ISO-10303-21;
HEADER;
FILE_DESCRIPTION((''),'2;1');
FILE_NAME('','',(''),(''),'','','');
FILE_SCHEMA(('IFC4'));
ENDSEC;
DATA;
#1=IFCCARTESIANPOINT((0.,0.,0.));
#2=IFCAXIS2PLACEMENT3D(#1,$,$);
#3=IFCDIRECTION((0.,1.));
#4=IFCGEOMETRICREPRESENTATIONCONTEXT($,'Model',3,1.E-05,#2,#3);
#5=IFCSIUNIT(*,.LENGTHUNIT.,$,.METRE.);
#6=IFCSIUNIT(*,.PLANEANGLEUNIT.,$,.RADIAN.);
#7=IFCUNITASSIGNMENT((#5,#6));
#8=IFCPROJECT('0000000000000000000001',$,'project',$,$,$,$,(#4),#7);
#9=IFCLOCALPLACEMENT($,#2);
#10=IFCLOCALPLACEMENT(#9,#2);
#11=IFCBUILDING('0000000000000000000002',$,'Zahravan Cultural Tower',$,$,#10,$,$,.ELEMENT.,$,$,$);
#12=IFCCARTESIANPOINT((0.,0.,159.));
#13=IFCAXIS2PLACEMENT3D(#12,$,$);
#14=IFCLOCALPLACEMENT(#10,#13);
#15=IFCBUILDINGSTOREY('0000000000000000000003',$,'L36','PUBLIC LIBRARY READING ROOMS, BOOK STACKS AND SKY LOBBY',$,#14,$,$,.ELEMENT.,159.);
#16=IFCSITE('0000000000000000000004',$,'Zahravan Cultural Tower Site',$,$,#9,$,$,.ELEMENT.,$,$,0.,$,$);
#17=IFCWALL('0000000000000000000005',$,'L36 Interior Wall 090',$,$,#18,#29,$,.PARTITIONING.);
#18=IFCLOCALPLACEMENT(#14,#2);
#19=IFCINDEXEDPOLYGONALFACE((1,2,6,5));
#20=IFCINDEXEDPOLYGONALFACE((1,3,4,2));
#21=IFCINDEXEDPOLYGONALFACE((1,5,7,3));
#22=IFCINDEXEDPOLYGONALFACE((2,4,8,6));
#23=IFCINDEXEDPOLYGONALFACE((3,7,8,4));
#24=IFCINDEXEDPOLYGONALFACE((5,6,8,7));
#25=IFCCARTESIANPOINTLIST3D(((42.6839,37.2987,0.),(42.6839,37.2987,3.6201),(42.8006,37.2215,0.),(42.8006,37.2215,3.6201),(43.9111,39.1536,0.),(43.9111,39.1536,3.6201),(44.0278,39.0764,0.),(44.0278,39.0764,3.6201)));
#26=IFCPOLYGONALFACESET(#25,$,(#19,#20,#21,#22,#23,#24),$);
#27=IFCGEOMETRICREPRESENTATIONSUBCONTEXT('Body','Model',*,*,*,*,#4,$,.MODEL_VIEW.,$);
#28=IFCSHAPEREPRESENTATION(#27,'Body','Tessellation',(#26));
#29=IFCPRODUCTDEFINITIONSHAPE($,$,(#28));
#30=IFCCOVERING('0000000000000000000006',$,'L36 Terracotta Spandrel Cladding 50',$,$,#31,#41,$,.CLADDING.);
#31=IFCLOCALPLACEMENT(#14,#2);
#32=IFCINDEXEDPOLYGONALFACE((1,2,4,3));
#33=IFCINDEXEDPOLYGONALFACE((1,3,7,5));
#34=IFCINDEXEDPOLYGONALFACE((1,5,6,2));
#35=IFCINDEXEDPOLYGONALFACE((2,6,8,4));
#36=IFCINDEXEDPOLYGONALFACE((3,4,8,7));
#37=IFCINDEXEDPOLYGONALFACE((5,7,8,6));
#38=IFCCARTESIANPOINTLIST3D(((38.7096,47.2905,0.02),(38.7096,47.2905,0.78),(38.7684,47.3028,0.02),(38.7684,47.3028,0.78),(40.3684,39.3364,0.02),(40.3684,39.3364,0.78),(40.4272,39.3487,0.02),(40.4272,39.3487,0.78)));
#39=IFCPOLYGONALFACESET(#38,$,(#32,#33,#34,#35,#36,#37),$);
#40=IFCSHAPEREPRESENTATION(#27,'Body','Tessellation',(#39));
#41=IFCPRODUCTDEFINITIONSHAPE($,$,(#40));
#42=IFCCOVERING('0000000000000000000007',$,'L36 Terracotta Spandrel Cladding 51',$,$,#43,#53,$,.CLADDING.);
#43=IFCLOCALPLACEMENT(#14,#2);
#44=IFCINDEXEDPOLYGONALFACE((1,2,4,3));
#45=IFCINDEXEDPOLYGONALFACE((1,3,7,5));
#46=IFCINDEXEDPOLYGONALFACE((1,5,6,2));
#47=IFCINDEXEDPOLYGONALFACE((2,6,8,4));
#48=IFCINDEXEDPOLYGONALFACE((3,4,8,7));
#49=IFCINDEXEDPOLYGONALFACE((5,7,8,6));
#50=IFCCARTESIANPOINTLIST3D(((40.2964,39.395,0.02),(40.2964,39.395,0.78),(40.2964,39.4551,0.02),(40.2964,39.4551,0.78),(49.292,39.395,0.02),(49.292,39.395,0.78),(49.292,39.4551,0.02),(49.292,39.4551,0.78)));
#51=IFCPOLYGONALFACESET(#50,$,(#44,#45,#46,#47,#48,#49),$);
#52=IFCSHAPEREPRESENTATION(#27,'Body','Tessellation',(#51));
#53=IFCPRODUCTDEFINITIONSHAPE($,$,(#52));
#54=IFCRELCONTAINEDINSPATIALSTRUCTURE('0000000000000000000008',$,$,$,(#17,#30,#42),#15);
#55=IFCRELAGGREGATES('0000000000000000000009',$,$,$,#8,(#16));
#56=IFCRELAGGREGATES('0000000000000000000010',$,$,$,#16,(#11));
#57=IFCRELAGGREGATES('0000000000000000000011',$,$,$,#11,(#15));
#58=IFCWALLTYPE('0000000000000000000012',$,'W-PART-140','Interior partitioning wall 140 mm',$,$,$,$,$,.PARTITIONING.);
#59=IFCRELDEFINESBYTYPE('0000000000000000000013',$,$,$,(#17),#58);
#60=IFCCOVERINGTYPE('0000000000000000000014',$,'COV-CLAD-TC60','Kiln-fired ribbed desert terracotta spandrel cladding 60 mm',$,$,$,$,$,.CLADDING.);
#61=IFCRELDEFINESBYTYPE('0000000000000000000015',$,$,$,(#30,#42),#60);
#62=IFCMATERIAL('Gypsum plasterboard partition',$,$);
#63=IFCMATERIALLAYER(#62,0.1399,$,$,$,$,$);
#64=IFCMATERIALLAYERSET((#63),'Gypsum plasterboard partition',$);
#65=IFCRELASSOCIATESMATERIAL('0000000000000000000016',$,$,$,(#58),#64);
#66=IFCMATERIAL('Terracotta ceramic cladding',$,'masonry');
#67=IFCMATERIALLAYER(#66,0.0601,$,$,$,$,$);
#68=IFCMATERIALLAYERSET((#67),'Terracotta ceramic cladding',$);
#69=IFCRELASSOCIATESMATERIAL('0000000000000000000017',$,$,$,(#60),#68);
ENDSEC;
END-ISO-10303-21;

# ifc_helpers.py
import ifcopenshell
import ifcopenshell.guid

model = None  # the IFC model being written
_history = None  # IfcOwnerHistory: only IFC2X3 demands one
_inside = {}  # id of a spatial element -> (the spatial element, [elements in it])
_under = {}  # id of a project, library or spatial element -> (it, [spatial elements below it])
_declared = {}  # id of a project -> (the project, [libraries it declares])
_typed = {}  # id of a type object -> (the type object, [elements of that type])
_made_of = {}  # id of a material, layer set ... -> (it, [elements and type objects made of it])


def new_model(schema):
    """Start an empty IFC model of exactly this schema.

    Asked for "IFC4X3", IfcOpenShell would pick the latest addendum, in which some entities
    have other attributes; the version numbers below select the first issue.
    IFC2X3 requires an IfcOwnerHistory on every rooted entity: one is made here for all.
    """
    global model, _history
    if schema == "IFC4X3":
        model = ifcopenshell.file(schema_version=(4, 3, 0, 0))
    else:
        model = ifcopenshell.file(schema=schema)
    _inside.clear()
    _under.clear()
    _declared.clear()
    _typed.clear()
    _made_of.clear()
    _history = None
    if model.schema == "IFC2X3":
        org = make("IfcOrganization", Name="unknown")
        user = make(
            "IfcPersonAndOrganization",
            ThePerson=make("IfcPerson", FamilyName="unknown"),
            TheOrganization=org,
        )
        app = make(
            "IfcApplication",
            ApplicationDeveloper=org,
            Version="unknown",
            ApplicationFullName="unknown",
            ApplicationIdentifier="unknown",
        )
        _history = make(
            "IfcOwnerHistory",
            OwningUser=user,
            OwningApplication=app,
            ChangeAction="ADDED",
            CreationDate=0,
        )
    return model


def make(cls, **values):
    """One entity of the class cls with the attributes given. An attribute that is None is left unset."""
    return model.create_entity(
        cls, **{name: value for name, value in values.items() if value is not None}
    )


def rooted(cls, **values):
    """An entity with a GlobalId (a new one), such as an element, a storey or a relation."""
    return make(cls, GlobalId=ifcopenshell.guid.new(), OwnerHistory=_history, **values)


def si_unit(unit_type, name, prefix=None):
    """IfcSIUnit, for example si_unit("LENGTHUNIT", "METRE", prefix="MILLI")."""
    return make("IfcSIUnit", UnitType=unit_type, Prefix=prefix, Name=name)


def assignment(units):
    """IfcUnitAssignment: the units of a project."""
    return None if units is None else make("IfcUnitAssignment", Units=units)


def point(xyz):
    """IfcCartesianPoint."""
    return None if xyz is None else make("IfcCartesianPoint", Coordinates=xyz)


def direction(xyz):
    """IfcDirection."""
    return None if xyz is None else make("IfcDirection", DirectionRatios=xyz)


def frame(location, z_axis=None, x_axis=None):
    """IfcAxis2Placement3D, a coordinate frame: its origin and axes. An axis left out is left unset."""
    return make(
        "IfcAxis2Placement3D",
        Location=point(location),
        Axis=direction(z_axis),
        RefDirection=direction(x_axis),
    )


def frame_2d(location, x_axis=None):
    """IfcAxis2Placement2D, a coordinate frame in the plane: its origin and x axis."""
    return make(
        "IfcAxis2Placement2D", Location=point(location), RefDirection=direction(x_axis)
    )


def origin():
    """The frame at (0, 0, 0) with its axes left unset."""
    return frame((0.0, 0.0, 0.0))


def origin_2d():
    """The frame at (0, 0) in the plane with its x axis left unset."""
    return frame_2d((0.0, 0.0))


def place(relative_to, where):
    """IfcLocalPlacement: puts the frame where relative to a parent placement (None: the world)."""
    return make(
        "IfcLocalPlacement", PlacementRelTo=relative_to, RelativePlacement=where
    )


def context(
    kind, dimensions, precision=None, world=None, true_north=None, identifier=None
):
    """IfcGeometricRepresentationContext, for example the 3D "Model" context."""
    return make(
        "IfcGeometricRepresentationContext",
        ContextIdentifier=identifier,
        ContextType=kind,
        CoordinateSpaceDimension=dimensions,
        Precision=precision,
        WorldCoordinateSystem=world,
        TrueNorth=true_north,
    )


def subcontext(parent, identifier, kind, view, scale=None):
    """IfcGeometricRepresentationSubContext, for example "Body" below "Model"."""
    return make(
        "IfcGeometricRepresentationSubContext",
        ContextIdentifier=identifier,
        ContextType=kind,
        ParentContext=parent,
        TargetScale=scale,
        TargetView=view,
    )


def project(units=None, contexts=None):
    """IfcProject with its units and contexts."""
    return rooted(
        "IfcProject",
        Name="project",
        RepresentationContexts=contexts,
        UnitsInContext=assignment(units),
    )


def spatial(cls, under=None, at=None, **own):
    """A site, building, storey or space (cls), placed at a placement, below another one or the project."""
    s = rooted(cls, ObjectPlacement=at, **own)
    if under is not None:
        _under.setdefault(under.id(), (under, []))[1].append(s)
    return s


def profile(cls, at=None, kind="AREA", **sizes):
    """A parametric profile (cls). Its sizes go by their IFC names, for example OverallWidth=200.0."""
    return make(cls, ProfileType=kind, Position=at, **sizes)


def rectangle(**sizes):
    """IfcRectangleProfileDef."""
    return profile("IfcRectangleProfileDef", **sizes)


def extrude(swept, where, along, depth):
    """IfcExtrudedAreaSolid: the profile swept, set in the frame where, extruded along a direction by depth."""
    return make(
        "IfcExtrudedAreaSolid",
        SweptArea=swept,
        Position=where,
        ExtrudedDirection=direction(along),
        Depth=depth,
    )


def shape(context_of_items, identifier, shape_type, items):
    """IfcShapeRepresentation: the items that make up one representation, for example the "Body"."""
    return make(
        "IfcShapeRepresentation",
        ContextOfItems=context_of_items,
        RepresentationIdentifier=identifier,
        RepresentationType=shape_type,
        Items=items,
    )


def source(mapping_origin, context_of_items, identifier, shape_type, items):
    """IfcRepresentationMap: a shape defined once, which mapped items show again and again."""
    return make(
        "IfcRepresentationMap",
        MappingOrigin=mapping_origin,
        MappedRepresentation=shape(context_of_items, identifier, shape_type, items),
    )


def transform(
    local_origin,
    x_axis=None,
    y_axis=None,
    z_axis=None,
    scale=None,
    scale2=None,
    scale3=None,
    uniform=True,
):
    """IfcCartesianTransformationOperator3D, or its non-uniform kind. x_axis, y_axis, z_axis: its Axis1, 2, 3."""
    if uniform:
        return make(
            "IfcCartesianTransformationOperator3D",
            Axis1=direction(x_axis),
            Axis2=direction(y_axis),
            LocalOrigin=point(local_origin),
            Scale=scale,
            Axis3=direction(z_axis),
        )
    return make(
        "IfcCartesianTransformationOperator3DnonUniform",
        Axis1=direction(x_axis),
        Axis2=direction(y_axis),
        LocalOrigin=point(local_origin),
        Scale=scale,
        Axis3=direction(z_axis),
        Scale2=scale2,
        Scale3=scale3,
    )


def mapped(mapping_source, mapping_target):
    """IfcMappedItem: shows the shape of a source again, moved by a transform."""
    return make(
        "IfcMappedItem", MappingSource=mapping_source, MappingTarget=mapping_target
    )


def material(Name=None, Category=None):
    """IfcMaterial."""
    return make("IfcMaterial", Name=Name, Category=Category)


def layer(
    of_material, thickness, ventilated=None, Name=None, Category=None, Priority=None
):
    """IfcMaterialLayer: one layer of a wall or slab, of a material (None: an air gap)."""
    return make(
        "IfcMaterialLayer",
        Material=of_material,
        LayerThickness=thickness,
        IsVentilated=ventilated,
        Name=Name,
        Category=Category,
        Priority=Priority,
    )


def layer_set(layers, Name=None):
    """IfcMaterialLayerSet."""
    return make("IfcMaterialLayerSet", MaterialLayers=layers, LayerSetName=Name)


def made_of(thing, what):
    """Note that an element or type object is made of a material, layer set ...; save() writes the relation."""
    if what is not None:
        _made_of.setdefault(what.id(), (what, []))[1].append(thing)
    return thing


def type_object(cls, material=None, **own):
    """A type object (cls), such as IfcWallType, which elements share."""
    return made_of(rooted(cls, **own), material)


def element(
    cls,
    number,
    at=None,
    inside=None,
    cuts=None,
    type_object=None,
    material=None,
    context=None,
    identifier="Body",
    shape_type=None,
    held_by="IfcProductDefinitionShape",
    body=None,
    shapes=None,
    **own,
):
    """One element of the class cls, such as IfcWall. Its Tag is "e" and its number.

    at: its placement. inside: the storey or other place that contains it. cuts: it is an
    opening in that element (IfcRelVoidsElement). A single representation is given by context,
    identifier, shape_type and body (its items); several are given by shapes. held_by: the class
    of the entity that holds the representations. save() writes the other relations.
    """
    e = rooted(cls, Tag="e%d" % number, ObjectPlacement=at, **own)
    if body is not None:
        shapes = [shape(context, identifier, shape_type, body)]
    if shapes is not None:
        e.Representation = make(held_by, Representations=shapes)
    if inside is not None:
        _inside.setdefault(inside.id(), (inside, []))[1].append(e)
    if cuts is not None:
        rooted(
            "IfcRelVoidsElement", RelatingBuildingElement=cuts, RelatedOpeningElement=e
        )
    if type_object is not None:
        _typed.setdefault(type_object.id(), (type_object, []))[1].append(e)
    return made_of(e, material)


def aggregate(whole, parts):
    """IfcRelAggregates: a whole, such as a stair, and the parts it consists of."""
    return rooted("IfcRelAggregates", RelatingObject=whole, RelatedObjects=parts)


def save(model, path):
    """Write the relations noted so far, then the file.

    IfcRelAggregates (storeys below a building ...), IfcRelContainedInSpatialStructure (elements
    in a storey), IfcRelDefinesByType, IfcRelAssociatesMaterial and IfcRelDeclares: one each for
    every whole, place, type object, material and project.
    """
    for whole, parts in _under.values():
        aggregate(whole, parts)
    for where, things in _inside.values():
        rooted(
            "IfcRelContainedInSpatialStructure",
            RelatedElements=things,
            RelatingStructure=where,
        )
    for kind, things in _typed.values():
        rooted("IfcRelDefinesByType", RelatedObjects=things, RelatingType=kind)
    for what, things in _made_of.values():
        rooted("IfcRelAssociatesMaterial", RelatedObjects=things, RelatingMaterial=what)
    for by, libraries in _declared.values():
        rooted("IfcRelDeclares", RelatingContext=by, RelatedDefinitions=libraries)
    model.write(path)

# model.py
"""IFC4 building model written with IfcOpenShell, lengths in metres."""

from ifc_helpers import new_model, si_unit, direction, frame, frame_2d, origin, origin_2d, place, context, subcontext, project, spatial, rectangle, extrude, source, transform, mapped, material, layer, layer_set, type_object, element, save


model = new_model("IFC4")

# Units and contexts
model_context = context("Model", 3, precision=1e-05, world=origin(), true_north=direction((0.0, 1.0)))
body_context = subcontext(model_context, "Body", "Model", "MODEL_VIEW")
ifc_project = project(units=[si_unit("LENGTHUNIT", "METRE"), si_unit("PLANEANGLEUNIT", "RADIAN")], contexts=[model_context])

# Site, building, storey
site_placement = place(None, origin())
site = spatial("IfcSite", under=ifc_project, at=site_placement, Name="Zahravan Cultural Tower Site", CompositionType="ELEMENT", RefElevation=0.0)
building_placement = place(site_placement, origin())
building = spatial("IfcBuilding", under=site, at=building_placement, Name="Zahravan Cultural Tower", CompositionType="ELEMENT")
storey_placement = place(building_placement, frame((0.0, 0.0, 159.0)))
storey = spatial("IfcBuildingStorey", under=building, at=storey_placement, Name="L36", Description="PUBLIC LIBRARY READING ROOMS, BOOK STACKS AND SKY LOBBY", CompositionType="ELEMENT", Elevation=159.0)

# Shared definitions
ifc_material_1 = material(Name="Gypsum plasterboard partition")
ifc_layer_1 = layer(ifc_material_1, 0.1399)
ifc_layer_set_1 = layer_set([ifc_layer_1], Name="Gypsum plasterboard partition")
wall_type_1 = type_object("IfcWallType", Name="W-PART-140", Description="Interior partitioning wall 140 mm", PredefinedType="PARTITIONING", material=ifc_layer_set_1)

# Wall
shared_shape_1 = source(origin(), body_context, "Body", "SweptSolid", [
    extrude(rectangle(XDim=2.2241, YDim=0.1399, at=frame_2d((1.1121, 0.0))), origin(), (0.0, 0.0, 1.0), 3.6201),
])
wall_1_placement = place(storey_placement, frame((43.9695, 39.115, 0.0), z_axis=(0.0, 0.0, 1.0), x_axis=(-0.551784, -0.833987, 0.0)))
element("IfcWall", 1, at=wall_1_placement, inside=storey, type_object=wall_type_1, Name="L36 Interior Wall 090", PredefinedType="PARTITIONING", context=body_context, shape_type="MappedRepresentation", body=[
    mapped(shared_shape_1, transform((0.0, 0.0, 0.0), x_axis=(1.0, 0.0, 0.0), y_axis=(0.0, 1.0, 0.0), z_axis=(0.0, 0.0, 1.0), scale=1.0)),
])

# Coverings
ifc_material_2 = material(Name="Terracotta ceramic cladding", Category="masonry")
ifc_layer_2 = layer(ifc_material_2, 0.0601)
ifc_layer_set_2 = layer_set([ifc_layer_2], Name="Terracotta ceramic cladding")
covering_type = type_object("IfcCoveringType", Name="COV-CLAD-TC60", Description="Kiln-fired ribbed desert terracotta spandrel cladding 60 mm", PredefinedType="CLADDING", material=ifc_layer_set_2)
shared_shape_2 = source(origin(), body_context, "Body", "SweptSolid", [
    extrude(rectangle(XDim=8.1252, YDim=0.0601, at=origin_2d()), origin(), (0.0, 0.0, 1.0), 0.76),
])
covering_1_placement = place(storey_placement, frame((39.5684, 43.3196, 0.02), z_axis=(0.0, 0.0, 1.0), x_axis=(0.204154, -0.978939, 0.0)))
element("IfcCovering", 2, at=covering_1_placement, inside=storey, type_object=covering_type, Name="L36 Terracotta Spandrel Cladding 50", PredefinedType="CLADDING", context=body_context, shape_type="MappedRepresentation", body=[
    mapped(shared_shape_2, transform((0.0, 0.0, 0.0), x_axis=(1.0, 0.0, 0.0), y_axis=(0.0, 1.0, 0.0), z_axis=(0.0, 0.0, 1.0), scale=1.0)),
])
shared_shape_3 = source(origin(), body_context, "Body", "SweptSolid", [
    extrude(rectangle(XDim=8.9956, YDim=0.0601, at=origin_2d()), origin(), (0.0, 0.0, 1.0), 0.76),
])
covering_2_placement = place(storey_placement, frame((44.7942, 39.425, 0.02), z_axis=(0.0, 0.0, 1.0), x_axis=(1.0, 0.0, 0.0)))
element("IfcCovering", 3, at=covering_2_placement, inside=storey, type_object=covering_type, Name="L36 Terracotta Spandrel Cladding 51", PredefinedType="CLADDING", context=body_context, shape_type="MappedRepresentation", body=[
    mapped(shared_shape_3, transform((0.0, 0.0, 0.0), x_axis=(1.0, 0.0, 0.0), y_axis=(0.0, 1.0, 0.0), z_axis=(0.0, 0.0, 1.0), scale=1.0)),
])

save(model, "model.ifc")
